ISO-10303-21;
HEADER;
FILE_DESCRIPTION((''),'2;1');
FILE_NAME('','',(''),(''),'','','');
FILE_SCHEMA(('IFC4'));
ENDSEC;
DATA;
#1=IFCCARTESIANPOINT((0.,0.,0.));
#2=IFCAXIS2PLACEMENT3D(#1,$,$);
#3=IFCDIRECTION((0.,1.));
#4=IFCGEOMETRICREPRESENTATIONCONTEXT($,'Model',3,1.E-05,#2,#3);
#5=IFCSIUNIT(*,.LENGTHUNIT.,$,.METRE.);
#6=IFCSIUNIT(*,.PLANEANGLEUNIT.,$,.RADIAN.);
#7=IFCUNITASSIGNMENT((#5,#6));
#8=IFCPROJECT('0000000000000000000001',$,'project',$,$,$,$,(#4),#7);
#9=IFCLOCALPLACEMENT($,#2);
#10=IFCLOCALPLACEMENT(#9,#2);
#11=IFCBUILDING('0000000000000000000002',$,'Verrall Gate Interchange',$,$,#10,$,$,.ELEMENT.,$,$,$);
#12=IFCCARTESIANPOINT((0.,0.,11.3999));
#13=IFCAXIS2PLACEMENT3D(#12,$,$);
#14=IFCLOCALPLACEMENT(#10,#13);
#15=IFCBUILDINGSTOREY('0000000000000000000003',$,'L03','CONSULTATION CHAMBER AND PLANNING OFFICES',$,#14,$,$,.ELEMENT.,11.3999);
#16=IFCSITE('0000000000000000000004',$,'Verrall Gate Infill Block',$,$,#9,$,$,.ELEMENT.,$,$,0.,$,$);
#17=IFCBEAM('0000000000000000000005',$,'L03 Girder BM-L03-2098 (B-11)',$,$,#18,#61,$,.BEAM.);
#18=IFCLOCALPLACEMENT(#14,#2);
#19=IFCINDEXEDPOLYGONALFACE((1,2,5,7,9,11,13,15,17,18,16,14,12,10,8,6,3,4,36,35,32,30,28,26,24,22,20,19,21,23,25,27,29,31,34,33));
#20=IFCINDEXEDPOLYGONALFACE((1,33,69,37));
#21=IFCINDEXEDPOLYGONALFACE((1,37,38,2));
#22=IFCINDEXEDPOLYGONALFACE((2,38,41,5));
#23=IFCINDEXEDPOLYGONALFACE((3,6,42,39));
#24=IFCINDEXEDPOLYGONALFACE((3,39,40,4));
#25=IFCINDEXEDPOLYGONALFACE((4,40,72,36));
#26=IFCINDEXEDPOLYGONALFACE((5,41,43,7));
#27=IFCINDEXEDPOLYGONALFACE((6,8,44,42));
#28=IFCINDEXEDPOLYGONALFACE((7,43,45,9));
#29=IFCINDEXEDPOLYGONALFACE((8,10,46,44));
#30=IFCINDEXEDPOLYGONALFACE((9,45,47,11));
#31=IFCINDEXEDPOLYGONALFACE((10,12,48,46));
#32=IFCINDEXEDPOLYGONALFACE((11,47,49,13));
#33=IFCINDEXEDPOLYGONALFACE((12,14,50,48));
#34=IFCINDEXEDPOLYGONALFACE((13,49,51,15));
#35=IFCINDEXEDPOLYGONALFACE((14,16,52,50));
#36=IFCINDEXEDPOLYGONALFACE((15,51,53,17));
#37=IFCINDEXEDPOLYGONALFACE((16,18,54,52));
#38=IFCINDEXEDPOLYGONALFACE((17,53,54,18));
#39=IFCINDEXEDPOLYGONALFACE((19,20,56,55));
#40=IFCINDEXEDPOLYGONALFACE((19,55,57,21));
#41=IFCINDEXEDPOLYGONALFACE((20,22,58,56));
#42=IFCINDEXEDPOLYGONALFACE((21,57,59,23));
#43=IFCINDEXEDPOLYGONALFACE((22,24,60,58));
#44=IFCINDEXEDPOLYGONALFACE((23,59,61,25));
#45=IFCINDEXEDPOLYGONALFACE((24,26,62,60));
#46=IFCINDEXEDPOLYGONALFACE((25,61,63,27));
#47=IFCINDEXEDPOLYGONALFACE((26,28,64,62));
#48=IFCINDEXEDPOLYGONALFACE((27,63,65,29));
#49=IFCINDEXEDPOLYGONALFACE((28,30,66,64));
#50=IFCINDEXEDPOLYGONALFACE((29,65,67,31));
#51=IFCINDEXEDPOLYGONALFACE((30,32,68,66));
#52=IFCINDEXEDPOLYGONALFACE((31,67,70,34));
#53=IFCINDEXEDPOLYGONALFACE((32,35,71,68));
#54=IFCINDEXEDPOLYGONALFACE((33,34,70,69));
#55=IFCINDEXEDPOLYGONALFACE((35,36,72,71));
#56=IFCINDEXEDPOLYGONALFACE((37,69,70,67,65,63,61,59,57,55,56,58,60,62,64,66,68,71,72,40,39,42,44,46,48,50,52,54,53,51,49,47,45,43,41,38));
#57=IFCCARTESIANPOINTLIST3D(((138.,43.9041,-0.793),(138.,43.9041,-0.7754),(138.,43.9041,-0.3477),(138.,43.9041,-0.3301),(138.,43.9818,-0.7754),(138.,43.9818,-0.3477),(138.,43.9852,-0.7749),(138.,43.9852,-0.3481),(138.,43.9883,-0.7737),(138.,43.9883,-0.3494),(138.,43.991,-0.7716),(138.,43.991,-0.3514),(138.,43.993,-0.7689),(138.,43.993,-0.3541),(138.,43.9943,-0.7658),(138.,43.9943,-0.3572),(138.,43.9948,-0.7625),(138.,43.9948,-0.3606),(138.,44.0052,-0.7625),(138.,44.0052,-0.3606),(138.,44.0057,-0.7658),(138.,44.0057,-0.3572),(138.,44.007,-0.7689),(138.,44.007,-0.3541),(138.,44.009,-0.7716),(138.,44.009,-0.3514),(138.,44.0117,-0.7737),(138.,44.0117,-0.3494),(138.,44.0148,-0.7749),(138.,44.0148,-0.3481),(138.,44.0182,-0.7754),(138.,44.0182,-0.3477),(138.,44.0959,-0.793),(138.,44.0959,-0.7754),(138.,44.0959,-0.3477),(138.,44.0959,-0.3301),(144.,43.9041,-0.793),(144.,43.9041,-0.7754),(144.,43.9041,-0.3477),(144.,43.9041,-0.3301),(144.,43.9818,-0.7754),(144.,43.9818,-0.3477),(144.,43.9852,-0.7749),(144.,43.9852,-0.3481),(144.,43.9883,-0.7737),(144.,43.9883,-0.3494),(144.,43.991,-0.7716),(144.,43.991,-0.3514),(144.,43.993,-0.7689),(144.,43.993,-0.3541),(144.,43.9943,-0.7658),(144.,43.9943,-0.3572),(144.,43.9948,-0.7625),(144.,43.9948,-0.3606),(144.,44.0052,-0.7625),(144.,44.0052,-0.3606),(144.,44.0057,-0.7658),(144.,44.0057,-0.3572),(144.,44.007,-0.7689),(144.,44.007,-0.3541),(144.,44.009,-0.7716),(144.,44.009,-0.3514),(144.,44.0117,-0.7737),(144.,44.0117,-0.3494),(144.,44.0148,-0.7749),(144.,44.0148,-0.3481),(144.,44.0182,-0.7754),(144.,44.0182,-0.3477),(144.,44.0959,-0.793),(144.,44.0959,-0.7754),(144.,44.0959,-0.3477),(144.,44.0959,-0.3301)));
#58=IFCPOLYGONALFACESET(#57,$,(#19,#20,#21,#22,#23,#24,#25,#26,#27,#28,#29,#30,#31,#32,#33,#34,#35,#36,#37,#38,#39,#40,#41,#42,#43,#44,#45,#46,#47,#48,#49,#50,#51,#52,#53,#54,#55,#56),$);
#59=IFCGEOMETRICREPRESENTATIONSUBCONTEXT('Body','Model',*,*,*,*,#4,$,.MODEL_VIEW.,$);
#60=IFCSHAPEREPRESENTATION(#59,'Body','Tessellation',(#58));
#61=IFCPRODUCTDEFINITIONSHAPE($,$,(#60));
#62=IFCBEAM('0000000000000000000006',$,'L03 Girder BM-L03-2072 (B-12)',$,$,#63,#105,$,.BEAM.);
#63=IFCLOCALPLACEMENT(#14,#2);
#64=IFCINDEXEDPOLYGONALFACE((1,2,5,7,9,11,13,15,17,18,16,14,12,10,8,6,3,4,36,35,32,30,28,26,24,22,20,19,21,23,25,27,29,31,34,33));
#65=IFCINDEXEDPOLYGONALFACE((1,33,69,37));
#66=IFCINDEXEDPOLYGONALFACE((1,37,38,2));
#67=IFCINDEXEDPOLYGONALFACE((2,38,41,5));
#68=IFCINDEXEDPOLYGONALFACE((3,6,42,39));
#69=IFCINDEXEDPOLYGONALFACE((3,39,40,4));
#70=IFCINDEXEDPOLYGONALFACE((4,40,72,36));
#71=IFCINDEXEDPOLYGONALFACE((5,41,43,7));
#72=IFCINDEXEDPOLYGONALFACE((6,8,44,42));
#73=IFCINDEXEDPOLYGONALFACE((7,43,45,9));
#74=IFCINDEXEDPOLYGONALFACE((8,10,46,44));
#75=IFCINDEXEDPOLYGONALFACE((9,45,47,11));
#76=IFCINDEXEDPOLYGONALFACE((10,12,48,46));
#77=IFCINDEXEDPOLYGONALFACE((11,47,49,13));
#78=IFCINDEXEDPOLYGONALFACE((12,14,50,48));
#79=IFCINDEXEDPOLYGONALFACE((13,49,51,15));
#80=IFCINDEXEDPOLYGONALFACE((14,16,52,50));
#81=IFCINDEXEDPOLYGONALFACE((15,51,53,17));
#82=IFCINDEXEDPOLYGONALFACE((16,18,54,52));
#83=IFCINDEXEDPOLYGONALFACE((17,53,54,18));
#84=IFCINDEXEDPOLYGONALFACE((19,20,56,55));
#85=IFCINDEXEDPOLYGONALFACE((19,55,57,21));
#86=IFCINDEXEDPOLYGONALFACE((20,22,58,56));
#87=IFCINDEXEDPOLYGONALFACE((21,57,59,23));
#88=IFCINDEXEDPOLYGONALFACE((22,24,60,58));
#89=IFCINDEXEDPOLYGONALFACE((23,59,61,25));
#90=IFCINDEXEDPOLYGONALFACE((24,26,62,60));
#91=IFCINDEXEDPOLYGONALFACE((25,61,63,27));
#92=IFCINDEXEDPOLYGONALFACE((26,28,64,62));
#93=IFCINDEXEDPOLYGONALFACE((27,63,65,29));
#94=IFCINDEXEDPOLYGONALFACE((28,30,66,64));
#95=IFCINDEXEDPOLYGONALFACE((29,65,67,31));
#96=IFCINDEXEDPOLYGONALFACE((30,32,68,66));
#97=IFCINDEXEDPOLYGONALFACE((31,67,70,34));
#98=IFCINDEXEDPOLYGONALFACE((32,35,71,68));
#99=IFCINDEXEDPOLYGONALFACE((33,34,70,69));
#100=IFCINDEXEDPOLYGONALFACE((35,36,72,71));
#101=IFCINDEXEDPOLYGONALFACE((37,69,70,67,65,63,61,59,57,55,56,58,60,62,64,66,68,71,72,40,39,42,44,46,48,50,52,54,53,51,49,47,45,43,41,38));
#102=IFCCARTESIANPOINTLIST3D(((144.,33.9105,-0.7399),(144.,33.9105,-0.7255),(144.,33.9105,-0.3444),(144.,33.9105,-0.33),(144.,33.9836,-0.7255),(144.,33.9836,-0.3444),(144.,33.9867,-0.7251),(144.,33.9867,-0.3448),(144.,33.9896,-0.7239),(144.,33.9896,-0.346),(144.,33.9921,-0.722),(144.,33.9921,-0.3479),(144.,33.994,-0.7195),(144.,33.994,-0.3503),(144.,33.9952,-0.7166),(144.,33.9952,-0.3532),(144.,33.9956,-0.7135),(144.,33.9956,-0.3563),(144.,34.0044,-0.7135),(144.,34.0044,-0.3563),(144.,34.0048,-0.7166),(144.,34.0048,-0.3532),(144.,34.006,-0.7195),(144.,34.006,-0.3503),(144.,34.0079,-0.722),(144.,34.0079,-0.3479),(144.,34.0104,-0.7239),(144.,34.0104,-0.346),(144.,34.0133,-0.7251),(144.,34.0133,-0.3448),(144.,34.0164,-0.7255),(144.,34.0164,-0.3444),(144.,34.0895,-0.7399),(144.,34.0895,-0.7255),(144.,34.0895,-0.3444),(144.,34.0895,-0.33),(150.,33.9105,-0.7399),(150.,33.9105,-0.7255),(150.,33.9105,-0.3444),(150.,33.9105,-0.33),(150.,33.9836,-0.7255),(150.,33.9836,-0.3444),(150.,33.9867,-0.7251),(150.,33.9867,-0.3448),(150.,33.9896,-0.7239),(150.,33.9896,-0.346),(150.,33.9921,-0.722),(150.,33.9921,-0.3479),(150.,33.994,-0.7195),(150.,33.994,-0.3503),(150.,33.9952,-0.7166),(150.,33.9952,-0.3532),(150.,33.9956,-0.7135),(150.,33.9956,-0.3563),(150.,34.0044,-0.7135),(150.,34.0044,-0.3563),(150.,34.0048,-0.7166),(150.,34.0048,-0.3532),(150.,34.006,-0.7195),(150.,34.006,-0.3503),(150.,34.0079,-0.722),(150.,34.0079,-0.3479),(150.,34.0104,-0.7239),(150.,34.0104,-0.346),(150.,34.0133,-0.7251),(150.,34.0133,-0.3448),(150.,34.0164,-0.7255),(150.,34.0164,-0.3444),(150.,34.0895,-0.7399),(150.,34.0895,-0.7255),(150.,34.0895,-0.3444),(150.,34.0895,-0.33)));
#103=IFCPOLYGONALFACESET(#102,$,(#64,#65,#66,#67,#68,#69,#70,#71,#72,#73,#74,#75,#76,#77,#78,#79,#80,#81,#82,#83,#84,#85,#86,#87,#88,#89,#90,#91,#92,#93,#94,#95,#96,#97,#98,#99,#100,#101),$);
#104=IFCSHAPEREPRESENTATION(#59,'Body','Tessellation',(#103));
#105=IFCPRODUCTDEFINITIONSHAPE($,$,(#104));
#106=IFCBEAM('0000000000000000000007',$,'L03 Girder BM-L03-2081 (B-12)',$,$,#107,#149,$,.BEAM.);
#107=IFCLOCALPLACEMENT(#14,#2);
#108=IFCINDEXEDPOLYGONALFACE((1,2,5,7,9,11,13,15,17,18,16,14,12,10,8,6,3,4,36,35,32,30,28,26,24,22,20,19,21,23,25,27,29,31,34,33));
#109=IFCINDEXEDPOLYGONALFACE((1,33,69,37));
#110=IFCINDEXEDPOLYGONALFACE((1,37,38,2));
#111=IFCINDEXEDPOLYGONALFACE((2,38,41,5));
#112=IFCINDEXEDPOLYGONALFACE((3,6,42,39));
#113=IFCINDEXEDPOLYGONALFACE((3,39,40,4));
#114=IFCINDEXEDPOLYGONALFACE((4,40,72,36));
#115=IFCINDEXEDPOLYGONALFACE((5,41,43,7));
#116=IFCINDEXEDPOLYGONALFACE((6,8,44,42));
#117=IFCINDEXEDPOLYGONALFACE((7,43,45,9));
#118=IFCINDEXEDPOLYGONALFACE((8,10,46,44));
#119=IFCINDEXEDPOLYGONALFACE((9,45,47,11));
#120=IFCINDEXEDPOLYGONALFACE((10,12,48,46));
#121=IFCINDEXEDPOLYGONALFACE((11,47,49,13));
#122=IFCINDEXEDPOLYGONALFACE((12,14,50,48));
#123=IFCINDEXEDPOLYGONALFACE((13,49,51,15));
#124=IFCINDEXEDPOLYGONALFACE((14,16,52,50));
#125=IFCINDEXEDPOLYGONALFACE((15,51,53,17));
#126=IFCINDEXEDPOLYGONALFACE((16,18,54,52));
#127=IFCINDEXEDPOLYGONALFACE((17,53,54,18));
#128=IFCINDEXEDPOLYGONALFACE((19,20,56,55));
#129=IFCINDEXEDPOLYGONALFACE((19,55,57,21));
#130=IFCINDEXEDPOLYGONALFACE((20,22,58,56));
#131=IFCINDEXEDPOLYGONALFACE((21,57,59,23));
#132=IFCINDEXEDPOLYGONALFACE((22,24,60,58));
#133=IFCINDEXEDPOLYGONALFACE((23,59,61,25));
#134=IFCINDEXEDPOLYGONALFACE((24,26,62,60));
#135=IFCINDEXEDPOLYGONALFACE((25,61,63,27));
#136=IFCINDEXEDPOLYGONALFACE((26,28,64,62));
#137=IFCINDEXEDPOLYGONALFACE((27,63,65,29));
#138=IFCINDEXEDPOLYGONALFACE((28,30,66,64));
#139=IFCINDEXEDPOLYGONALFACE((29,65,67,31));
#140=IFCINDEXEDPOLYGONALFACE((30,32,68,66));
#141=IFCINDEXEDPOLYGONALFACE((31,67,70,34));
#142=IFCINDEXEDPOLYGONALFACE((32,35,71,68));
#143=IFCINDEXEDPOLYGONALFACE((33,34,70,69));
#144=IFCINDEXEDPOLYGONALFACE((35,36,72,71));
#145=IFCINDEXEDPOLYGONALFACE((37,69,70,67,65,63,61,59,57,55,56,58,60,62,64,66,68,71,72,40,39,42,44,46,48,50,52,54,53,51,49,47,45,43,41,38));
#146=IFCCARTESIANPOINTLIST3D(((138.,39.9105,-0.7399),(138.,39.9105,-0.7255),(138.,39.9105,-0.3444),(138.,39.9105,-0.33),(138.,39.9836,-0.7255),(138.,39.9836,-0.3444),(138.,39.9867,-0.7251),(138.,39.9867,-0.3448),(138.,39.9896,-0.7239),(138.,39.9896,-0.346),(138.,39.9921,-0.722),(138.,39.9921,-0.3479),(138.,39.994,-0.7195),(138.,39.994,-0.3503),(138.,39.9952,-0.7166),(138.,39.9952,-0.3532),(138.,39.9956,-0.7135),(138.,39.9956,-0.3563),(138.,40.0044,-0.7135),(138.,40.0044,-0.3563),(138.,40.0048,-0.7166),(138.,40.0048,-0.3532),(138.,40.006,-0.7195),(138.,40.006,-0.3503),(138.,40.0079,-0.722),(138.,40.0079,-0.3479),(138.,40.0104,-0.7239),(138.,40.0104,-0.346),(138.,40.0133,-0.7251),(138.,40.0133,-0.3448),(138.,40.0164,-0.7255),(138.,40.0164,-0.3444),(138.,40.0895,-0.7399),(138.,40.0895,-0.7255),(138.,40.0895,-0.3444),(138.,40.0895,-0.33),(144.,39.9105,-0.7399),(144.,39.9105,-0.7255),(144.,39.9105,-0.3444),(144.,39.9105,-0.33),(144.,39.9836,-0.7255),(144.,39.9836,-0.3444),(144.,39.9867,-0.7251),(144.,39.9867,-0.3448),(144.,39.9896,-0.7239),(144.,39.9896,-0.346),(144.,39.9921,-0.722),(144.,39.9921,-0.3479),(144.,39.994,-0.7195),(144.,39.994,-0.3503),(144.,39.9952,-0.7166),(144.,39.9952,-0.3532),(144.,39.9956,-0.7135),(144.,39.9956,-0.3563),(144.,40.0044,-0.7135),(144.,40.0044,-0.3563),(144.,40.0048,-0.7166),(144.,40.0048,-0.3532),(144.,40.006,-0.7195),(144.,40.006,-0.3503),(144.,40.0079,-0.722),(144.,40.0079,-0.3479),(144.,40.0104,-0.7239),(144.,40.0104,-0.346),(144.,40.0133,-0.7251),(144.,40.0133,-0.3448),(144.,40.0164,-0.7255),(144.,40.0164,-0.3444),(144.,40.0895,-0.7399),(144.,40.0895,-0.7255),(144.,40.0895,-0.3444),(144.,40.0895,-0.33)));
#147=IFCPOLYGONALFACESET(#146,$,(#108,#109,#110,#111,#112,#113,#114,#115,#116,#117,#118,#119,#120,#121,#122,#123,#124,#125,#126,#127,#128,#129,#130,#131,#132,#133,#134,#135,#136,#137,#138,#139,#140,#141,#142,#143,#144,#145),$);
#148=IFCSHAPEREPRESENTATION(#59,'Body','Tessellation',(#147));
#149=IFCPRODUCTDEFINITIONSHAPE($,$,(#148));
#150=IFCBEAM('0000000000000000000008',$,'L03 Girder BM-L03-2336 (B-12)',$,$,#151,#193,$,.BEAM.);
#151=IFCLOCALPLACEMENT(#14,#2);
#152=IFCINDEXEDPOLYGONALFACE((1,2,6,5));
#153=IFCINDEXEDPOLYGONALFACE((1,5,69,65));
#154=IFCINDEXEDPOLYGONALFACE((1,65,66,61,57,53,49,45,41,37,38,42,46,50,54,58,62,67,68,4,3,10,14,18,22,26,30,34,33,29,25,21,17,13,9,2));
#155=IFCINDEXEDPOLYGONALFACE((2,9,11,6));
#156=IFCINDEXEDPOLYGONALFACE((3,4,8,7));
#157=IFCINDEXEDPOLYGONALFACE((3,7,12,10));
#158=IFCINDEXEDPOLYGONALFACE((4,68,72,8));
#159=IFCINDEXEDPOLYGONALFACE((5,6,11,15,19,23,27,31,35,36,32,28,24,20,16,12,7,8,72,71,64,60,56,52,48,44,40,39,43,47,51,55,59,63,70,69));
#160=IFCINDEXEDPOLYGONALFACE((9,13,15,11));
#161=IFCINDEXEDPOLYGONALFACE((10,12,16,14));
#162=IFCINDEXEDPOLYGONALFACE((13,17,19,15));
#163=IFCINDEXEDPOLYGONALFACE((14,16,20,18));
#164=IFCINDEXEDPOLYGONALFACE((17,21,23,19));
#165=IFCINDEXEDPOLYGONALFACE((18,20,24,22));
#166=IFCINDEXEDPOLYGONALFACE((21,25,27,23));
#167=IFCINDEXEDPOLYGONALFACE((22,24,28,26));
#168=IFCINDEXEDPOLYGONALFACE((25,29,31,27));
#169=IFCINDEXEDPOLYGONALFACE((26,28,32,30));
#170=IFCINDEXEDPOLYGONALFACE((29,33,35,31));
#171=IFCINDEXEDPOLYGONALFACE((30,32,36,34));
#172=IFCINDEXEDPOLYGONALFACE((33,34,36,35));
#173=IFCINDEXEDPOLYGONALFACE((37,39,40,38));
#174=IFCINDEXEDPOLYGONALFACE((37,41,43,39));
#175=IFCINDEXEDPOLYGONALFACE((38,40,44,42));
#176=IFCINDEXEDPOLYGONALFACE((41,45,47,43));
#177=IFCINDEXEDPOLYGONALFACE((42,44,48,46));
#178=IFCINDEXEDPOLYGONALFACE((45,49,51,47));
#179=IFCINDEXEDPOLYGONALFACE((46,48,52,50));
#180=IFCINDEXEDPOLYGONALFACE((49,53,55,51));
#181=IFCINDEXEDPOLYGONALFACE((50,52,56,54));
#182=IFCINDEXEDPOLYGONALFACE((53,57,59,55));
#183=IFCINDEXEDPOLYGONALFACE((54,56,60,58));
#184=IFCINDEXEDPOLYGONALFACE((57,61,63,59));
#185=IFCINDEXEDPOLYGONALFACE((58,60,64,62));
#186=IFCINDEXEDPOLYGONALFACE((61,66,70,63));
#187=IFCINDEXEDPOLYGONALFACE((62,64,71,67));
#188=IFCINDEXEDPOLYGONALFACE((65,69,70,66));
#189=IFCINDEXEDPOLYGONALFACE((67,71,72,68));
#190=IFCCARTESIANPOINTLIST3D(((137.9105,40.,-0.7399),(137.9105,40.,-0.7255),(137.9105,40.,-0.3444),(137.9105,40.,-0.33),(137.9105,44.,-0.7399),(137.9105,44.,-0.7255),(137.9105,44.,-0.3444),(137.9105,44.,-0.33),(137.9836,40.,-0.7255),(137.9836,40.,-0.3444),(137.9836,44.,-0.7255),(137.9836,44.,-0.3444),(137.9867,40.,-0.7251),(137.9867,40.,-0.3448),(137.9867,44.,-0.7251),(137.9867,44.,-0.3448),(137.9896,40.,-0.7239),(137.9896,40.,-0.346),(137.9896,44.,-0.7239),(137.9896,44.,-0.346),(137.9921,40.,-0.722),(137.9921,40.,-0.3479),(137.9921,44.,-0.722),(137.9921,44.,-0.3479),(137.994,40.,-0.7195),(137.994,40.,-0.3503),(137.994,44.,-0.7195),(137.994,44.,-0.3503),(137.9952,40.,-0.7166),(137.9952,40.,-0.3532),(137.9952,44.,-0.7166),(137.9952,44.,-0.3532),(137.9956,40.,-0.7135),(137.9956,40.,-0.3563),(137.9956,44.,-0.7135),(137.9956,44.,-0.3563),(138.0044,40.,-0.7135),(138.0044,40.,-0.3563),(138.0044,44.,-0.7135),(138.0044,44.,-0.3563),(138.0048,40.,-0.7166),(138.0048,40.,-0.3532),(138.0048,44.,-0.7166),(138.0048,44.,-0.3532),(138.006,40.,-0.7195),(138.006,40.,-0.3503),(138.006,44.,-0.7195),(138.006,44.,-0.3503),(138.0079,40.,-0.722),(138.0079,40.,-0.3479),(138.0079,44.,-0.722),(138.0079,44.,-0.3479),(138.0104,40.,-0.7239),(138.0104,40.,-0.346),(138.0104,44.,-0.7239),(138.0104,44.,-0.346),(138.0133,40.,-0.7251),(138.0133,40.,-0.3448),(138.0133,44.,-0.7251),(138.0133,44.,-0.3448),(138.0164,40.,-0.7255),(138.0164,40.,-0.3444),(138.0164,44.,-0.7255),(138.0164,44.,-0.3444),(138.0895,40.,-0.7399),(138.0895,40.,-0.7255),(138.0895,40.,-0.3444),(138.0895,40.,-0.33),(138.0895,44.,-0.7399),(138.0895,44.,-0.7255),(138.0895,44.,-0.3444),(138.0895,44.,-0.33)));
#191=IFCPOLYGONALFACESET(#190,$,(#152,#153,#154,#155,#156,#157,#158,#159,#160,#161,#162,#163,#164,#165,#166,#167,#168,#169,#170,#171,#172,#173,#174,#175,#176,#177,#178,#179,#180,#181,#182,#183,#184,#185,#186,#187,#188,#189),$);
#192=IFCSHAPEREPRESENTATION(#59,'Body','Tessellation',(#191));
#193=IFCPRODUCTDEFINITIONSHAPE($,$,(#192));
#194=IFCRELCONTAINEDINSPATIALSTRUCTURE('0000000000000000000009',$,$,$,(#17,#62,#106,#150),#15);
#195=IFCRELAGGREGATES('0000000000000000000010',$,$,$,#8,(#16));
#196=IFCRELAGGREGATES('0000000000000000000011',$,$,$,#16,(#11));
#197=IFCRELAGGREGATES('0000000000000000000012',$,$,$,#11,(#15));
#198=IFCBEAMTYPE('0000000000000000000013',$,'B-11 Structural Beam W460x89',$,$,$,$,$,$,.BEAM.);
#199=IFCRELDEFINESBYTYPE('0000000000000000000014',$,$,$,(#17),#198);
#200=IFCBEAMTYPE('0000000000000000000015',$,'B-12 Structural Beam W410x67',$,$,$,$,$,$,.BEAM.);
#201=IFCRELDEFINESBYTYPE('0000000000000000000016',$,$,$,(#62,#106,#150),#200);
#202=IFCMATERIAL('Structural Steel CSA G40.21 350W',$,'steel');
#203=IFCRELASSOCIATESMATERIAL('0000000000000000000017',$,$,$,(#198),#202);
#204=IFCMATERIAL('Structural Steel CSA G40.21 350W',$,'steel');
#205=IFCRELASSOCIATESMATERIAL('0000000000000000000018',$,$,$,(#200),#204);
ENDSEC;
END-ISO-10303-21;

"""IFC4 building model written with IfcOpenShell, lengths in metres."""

from ifc_helpers import new_model, si_unit, direction, frame, origin, origin_2d, place, context, subcontext, project, spatial, i_section, extrude, material, material_profile, profile_set, type_object, element, save


model = new_model("IFC4")

# Units and contexts
model_context = context("Model", 3, precision=1e-05, world=origin(), true_north=direction((0.0, 1.0)))
body_context = subcontext(model_context, "Body", "Model", "MODEL_VIEW")
ifc_project = project(units=[si_unit("LENGTHUNIT", "METRE"), si_unit("PLANEANGLEUNIT", "RADIAN")], contexts=[model_context])

# Site, building, storey
site_placement = place(None, origin())
site = spatial("IfcSite", under=ifc_project, at=site_placement, Name="Verrall Gate Infill Block", CompositionType="ELEMENT", RefElevation=0.0)
building_placement = place(site_placement, origin())
building = spatial("IfcBuilding", under=site, at=building_placement, Name="Verrall Gate Interchange", CompositionType="ELEMENT")
storey_placement = place(building_placement, frame((0.0, 0.0, 11.3999)))
storey = spatial("IfcBuildingStorey", under=building, at=storey_placement, Name="L03", Description="CONSULTATION CHAMBER AND PLANNING OFFICES", CompositionType="ELEMENT", Elevation=11.3999)

# Beams
ifc_material_1 = material(Name="Structural Steel CSA G40.21 350W", Category="steel")
ifc_material_profile_1 = material_profile(ifc_material_1, i_section(OverallWidth=0.1919, OverallDepth=0.4629, WebThickness=0.0105, FlangeThickness=0.0176, FilletRadius=0.0129, at=origin_2d()), Name="W460x89")
ifc_profile_set_1 = profile_set([ifc_material_profile_1], Name="Structural Steel CSA G40.21 350W")
beam_type_1 = type_object("IfcBeamType", Name="B-11 Structural Beam W460x89", PredefinedType="BEAM", material=ifc_profile_set_1)
for number, where, z_axis, x_axis, name in (
    (1, (138.0, 44.0, -0.5615), (1.0, 0.0, 0.0), (0.0, 1.0, 0.0), "L03 Girder BM-L03-2098 (B-11)"),
):
    element("IfcBeam", number, at=place(storey_placement, frame(where, z_axis=z_axis, x_axis=x_axis)), inside=storey, type_object=beam_type_1, Name=name, PredefinedType="BEAM", context=body_context, shape_type="SweptSolid", body=[
        extrude(i_section(OverallWidth=0.1919, OverallDepth=0.4629, WebThickness=0.0105, FlangeThickness=0.0176, FilletRadius=0.0129, at=origin_2d()), origin(), (0.0, 0.0, 1.0), 6.0),
    ])
ifc_material_2 = material(Name="Structural Steel CSA G40.21 350W", Category="steel")
ifc_material_profile_2 = material_profile(ifc_material_2, i_section(OverallWidth=0.179, OverallDepth=0.4099, WebThickness=0.0088, FlangeThickness=0.0144, FilletRadius=0.012, at=origin_2d()), Name="W410x67")
ifc_profile_set_2 = profile_set([ifc_material_profile_2], Name="Structural Steel CSA G40.21 350W")
beam_type_2 = type_object("IfcBeamType", Name="B-12 Structural Beam W410x67", PredefinedType="BEAM", material=ifc_profile_set_2)
for number, where, z_axis, x_axis, name in (
    (2, (144.0, 34.0, -0.5349), (1.0, 0.0, 0.0), (0.0, 1.0, 0.0), "L03 Girder BM-L03-2072 (B-12)"),
    (3, (138.0, 40.0, -0.5349), (1.0, 0.0, 0.0), (0.0, 1.0, 0.0), "L03 Girder BM-L03-2081 (B-12)"),
):
    element("IfcBeam", number, at=place(storey_placement, frame(where, z_axis=z_axis, x_axis=x_axis)), inside=storey, type_object=beam_type_2, Name=name, PredefinedType="BEAM", context=body_context, shape_type="SweptSolid", body=[
        extrude(i_section(OverallWidth=0.179, OverallDepth=0.4099, WebThickness=0.0088, FlangeThickness=0.0144, FilletRadius=0.012, at=origin_2d()), origin(), (0.0, 0.0, 1.0), 6.0),
    ])
for number, where, z_axis, x_axis, name in (
    (4, (138.0, 40.0, -0.5349), (0.0, 1.0, 0.0), (-1.0, 0.0, 0.0), "L03 Girder BM-L03-2336 (B-12)"),
):
    element("IfcBeam", number, at=place(storey_placement, frame(where, z_axis=z_axis, x_axis=x_axis)), inside=storey, type_object=beam_type_2, Name=name, PredefinedType="BEAM", context=body_context, shape_type="SweptSolid", body=[
        extrude(i_section(OverallWidth=0.179, OverallDepth=0.4099, WebThickness=0.0088, FlangeThickness=0.0144, FilletRadius=0.012, at=origin_2d()), origin(), (0.0, 0.0, 1.0), 4.0),
    ])

save(model, "model.ifc")
